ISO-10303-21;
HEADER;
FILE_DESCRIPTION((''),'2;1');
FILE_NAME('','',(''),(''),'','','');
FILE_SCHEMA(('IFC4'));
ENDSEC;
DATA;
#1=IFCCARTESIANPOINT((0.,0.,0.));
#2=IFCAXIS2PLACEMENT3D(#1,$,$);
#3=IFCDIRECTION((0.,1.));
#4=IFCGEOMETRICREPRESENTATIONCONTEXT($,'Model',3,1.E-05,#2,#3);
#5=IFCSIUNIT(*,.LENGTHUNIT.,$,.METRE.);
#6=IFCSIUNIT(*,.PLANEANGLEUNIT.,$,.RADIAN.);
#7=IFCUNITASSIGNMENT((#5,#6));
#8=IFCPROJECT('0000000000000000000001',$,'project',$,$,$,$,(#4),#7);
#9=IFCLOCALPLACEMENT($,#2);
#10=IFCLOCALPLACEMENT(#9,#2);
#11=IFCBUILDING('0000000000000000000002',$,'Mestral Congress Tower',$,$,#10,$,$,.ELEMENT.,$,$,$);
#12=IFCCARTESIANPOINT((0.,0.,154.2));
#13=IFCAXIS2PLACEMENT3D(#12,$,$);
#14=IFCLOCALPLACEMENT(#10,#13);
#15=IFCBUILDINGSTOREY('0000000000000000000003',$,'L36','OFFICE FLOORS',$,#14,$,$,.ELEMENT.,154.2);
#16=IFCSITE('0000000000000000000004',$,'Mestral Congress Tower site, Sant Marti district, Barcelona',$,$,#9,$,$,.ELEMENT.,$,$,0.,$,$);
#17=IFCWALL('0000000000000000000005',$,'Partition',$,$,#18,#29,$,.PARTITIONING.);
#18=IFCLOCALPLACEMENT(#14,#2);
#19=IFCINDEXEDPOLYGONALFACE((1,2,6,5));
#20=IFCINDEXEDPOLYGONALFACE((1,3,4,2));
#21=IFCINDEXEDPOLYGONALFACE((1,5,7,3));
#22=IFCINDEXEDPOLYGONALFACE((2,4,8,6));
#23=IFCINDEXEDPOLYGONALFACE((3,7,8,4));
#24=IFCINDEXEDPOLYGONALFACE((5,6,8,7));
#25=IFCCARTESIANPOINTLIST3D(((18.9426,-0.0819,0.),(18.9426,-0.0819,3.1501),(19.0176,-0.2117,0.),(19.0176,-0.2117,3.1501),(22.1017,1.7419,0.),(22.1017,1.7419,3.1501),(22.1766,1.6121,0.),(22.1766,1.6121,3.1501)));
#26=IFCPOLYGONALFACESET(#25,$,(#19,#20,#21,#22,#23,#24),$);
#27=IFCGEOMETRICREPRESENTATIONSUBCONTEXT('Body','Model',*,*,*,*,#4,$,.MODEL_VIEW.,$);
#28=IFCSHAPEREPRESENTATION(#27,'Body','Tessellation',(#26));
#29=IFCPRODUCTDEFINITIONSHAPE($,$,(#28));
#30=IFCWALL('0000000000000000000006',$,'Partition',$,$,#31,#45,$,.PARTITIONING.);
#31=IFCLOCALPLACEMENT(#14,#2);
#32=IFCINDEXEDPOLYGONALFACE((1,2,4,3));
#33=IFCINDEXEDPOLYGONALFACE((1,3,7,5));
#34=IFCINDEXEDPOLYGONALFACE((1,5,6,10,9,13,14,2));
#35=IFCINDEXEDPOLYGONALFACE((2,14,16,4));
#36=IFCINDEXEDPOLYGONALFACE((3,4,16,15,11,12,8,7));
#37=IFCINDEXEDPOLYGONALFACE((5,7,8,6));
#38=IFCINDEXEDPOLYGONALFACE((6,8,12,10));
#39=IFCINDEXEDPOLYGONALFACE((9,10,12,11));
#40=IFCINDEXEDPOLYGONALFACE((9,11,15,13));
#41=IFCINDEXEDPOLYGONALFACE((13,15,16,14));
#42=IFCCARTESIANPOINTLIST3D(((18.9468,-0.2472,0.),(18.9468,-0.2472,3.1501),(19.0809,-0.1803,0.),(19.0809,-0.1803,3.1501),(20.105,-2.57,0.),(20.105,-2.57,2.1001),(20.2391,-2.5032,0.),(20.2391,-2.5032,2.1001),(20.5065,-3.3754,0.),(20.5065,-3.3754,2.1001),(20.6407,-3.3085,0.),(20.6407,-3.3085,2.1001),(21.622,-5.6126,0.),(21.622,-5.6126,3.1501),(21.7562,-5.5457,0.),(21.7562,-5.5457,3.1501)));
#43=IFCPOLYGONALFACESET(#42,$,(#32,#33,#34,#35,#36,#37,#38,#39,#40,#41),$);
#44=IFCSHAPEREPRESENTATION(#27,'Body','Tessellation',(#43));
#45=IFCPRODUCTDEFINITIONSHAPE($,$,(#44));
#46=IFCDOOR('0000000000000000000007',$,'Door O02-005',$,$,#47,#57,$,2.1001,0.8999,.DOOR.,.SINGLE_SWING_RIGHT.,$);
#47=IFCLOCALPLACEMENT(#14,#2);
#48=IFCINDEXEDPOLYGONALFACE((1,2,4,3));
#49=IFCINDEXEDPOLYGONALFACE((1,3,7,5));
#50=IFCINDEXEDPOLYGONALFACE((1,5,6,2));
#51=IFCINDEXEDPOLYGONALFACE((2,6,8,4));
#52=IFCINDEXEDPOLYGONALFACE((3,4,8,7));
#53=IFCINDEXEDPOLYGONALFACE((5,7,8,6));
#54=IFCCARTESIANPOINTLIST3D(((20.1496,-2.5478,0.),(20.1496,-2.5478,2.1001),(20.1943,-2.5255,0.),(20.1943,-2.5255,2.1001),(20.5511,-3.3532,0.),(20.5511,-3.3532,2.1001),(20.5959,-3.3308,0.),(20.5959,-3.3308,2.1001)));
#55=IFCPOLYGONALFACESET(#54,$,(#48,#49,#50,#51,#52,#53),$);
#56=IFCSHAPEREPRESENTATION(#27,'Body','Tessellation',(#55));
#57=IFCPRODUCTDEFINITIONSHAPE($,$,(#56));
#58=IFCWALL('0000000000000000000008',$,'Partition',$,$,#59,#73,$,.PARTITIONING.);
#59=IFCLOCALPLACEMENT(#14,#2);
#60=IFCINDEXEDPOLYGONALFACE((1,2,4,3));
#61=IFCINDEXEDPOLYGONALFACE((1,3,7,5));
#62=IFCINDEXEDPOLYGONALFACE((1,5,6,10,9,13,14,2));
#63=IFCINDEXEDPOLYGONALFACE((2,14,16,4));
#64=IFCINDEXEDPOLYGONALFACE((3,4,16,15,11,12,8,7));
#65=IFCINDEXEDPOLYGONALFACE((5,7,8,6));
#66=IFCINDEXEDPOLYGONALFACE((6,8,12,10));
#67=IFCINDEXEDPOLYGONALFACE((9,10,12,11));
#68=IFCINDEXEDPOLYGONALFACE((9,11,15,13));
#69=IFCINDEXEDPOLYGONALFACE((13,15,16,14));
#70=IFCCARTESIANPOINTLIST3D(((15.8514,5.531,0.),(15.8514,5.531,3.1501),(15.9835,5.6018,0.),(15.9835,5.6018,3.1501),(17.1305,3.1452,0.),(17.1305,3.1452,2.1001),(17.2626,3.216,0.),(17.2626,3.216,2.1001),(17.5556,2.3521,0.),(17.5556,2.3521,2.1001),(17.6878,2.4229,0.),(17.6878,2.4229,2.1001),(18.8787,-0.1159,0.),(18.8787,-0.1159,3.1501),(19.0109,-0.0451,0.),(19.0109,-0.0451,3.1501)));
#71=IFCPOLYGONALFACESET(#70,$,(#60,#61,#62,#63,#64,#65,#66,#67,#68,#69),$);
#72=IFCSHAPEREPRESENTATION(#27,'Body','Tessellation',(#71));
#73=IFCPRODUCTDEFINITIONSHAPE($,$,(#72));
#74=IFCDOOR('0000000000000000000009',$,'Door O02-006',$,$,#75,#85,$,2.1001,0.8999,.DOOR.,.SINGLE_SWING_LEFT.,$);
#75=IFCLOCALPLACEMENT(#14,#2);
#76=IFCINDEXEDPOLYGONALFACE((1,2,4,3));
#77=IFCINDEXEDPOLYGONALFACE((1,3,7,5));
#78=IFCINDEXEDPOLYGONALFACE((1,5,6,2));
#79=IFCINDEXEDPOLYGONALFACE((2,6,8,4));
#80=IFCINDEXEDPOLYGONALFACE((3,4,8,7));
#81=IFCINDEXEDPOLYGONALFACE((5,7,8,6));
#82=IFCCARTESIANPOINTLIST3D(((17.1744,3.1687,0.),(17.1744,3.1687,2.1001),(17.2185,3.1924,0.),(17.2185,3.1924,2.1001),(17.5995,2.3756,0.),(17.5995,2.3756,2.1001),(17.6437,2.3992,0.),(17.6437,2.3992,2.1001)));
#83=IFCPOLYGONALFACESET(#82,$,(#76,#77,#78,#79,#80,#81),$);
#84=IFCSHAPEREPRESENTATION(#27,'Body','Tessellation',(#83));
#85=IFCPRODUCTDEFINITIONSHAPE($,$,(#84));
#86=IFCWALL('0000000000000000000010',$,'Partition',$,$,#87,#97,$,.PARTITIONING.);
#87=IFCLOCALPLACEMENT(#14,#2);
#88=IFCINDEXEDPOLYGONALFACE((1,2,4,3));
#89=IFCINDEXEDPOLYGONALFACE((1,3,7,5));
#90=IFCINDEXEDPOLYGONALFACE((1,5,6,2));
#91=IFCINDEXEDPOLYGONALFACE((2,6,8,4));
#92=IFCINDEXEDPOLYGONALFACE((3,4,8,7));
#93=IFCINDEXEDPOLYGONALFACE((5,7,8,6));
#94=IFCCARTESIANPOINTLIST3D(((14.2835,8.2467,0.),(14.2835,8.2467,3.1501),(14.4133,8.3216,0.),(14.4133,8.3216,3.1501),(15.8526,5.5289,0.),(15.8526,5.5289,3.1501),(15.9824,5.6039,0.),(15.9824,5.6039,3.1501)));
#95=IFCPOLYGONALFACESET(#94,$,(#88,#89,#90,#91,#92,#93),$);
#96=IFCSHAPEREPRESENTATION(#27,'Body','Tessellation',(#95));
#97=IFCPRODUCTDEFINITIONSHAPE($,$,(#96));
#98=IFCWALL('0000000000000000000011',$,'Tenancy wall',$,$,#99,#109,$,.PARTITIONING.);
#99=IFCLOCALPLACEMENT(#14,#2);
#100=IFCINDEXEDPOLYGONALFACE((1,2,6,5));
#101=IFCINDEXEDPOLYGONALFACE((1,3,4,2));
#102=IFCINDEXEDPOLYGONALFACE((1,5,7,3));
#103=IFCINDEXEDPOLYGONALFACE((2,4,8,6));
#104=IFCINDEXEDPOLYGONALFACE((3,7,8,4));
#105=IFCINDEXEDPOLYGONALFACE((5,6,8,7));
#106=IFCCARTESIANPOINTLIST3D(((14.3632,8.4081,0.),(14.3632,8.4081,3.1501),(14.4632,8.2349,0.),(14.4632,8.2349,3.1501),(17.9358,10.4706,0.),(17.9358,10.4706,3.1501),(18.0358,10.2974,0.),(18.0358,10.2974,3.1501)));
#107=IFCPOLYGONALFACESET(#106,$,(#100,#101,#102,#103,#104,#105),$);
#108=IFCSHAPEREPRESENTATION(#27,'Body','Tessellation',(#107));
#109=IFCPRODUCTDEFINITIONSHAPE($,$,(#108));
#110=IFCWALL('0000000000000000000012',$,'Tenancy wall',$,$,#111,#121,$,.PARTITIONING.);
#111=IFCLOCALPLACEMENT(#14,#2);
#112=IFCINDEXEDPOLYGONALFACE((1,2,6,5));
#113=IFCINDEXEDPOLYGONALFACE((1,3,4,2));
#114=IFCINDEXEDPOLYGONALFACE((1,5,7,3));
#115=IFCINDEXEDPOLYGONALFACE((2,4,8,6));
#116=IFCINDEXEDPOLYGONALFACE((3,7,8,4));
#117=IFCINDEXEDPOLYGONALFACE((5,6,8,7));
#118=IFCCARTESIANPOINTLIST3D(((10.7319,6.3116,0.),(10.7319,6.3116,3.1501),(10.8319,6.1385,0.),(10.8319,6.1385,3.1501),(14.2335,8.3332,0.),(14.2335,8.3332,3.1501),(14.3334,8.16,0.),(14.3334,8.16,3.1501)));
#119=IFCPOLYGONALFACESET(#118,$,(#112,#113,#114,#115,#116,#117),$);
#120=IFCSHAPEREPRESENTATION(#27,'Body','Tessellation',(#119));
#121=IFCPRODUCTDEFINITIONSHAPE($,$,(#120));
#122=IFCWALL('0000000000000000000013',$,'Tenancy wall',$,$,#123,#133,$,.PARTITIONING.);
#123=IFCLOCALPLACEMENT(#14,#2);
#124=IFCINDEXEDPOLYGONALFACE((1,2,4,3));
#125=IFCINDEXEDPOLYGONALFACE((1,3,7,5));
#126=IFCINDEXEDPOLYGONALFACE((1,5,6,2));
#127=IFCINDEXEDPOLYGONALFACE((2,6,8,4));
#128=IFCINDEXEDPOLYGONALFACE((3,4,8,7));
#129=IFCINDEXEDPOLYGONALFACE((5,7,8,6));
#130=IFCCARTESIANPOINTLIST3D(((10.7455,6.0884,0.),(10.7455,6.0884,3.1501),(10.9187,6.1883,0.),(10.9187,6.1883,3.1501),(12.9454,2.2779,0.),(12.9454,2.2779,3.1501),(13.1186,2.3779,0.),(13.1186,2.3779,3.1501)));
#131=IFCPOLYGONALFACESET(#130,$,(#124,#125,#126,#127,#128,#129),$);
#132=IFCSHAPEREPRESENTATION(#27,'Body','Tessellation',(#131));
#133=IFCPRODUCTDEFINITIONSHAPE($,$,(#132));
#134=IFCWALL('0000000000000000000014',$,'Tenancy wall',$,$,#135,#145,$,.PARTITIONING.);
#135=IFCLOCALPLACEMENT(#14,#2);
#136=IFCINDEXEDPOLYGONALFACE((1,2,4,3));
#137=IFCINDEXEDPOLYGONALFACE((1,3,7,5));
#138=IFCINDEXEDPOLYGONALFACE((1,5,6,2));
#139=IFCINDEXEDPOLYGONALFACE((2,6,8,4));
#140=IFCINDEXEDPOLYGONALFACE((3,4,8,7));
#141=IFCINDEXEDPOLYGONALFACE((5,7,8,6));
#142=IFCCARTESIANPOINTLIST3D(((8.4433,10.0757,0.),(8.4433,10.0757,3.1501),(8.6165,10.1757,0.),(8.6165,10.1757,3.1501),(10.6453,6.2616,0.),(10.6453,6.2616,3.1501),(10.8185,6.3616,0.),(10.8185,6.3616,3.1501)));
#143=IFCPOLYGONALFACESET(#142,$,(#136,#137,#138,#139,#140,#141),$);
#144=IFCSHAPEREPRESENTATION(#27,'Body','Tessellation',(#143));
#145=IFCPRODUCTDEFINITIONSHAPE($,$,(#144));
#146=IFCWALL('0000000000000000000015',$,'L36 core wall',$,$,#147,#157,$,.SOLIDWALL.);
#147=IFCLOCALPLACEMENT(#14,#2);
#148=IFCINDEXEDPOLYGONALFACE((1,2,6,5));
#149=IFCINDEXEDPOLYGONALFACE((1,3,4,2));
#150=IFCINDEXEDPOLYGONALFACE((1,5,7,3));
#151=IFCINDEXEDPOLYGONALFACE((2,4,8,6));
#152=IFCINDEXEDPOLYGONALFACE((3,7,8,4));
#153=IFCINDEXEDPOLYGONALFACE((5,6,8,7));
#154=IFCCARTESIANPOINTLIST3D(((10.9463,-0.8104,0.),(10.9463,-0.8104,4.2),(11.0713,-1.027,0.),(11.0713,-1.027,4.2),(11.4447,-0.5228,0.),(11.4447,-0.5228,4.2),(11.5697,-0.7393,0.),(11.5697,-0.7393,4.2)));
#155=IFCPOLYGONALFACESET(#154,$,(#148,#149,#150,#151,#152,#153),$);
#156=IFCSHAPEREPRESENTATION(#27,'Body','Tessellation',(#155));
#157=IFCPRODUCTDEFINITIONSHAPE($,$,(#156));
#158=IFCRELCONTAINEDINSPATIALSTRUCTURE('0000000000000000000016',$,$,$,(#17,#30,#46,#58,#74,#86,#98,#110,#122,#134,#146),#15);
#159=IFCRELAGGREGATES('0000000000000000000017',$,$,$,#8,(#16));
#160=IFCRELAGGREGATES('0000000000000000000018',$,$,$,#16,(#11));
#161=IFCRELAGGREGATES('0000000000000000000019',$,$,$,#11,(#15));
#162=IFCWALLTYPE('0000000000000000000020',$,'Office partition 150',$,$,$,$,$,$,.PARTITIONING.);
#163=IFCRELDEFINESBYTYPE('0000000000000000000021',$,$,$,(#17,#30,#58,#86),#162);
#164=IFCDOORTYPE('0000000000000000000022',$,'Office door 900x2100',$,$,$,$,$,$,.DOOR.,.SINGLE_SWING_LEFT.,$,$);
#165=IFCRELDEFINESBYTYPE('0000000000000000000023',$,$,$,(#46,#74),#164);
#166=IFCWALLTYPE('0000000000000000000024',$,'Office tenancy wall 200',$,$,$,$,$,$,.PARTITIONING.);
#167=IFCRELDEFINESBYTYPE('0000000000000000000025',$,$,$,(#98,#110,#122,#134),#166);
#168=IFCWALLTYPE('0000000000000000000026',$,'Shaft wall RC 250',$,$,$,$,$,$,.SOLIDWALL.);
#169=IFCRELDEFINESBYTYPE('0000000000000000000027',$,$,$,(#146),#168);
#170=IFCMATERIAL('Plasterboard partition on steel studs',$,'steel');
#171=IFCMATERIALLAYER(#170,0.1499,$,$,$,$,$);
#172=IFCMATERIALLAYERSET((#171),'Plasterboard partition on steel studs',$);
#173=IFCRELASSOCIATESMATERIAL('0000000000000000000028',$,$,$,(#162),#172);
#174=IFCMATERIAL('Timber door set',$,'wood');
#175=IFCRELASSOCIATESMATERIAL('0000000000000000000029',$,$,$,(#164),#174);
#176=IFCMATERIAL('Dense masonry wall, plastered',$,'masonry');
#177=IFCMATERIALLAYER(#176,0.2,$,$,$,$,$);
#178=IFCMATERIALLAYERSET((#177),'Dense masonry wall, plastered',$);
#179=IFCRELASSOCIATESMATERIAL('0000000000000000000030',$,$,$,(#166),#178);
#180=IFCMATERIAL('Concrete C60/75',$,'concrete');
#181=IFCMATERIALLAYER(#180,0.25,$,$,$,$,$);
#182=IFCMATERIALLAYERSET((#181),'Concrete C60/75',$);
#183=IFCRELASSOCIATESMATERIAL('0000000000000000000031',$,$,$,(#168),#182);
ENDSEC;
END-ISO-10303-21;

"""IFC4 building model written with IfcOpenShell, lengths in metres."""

from ifc_helpers import new_model, si_unit, direction, frame, frame_2d, origin, place, context, subcontext, project, spatial, rectangle, extrude, material, layer, layer_set, type_object, element, fill, save


model = new_model("IFC4")

# Units and contexts
model_context = context("Model", 3, precision=1e-05, world=origin(), true_north=direction((0.0, 1.0)))
body_context = subcontext(model_context, "Body", "Model", "MODEL_VIEW")
ifc_project = project(units=[si_unit("LENGTHUNIT", "METRE"), si_unit("PLANEANGLEUNIT", "RADIAN")], contexts=[model_context])

# Site, building, storey
site_placement = place(None, origin())
site = spatial("IfcSite", under=ifc_project, at=site_placement, Name="Mestral Congress Tower site, Sant Marti district, Barcelona", CompositionType="ELEMENT", RefElevation=0.0)
building_placement = place(site_placement, origin())
building = spatial("IfcBuilding", under=site, at=building_placement, Name="Mestral Congress Tower", CompositionType="ELEMENT")
storey_placement = place(building_placement, frame((0.0, 0.0, 154.2)))
storey = spatial("IfcBuildingStorey", under=building, at=storey_placement, Name="L36", Description="OFFICE FLOORS", CompositionType="ELEMENT", Elevation=154.2)

# Shared definitions
ifc_material_1 = material(Name="Concrete C60/75", Category="concrete")

# Wall
ifc_material_2 = material(Name="Plasterboard partition on steel studs", Category="steel")
ifc_layer_1 = layer(ifc_material_2, 0.1499)
ifc_layer_set_1 = layer_set([ifc_layer_1], Name="Plasterboard partition on steel studs")
wall_type_1 = type_object("IfcWallType", Name="Office partition 150", PredefinedType="PARTITIONING", material=ifc_layer_set_1)
wall_1_placement = place(storey_placement, frame((18.9802, -0.1467, 0.0), z_axis=(0.0, 0.0, 1.0), x_axis=(0.866035, 0.499983, 0.0)))
element("IfcWall", 1, at=wall_1_placement, inside=storey, type_object=wall_type_1, Name="Partition", PredefinedType="PARTITIONING", context=body_context, shape_type="SweptSolid", body=[
    extrude(rectangle(XDim=3.6477, YDim=0.1499, at=frame_2d((1.8237, 0.0))), origin(), (0.0, 0.0, 1.0), 3.1501),
])

# Walls, openings, doors
wall_2_placement = place(storey_placement, frame((19.0139, -0.2139, 0.0), z_axis=(0.0, 0.0, 1.0), x_axis=(0.44622, -0.894923, 0.0)))
wall_2 = element("IfcWall", 2, at=wall_2_placement, inside=storey, type_object=wall_type_1, Name="Partition", PredefinedType="PARTITIONING", context=body_context, shape_type="SweptSolid", body=[
    extrude(rectangle(XDim=5.9954, YDim=0.1499, at=frame_2d((2.9976, 0.0))), origin(), (0.0, 0.0, 1.0), 3.1501),
])
opening_1_placement = place(wall_2_placement, frame((2.5955, 0.0, 0.0)))
opening_1 = element("IfcOpeningElement", 3, at=opening_1_placement, cuts=wall_2, PredefinedType="OPENING", context=body_context, shape_type="SweptSolid", body=[
    extrude(rectangle(XDim=0.8999, YDim=2.1001, at=frame_2d((0.45, 1.05))), frame((0.0, 0.085, 0.0), z_axis=(0.0, -1.0, 0.0), x_axis=(1.0, 0.0, 0.0)), (0.0, 0.0, 1.0), 0.1699),
])
ifc_material_3 = material(Name="Timber door set", Category="wood")
door_type_1 = type_object("IfcDoorType", Name="Office door 900x2100", OperationType="SINGLE_SWING_LEFT", PredefinedType="DOOR", material=ifc_material_3)
door_1_placement = place(opening_1_placement, origin())
door_1 = element("IfcDoor", 4, at=door_1_placement, inside=storey, type_object=door_type_1, Name="Door O02-005", OperationType="SINGLE_SWING_RIGHT", OverallHeight=2.1001, OverallWidth=0.8999, PredefinedType="DOOR", context=body_context, shape_type="SweptSolid", body=[
    extrude(rectangle(XDim=0.8999, YDim=2.1001, at=frame_2d((0.45, 1.05))), frame((0.0, 0.0249, 0.0), z_axis=(0.0, -1.0, 0.0), x_axis=(1.0, 0.0, 0.0)), (0.0, 0.0, 1.0), 0.05),
])
fill(opening_1, door_1)
wall_3_placement = place(storey_placement, frame((15.9175, 5.5664, 0.0), z_axis=(0.0, 0.0, 1.0), x_axis=(0.472486, -0.881338, 0.0)))
wall_3 = element("IfcWall", 5, at=wall_3_placement, inside=storey, type_object=wall_type_1, Name="Partition", PredefinedType="PARTITIONING", context=body_context, shape_type="SweptSolid", body=[
    extrude(rectangle(XDim=6.4072, YDim=0.1499, at=frame_2d((3.2036, 0.0))), origin(), (0.0, 0.0, 1.0), 3.1501),
])
opening_2_placement = place(wall_3_placement, frame((2.707, 0.0, 0.0)))
opening_2 = element("IfcOpeningElement", 6, at=opening_2_placement, cuts=wall_3, PredefinedType="OPENING", context=body_context, shape_type="SweptSolid", body=[
    extrude(rectangle(XDim=0.8999, YDim=2.1001, at=frame_2d((0.45, 1.05))), frame((0.0, 0.085, 0.0), z_axis=(0.0, -1.0, 0.0), x_axis=(1.0, 0.0, 0.0)), (0.0, 0.0, 1.0), 0.1699),
])
door_2_placement = place(opening_2_placement, origin())
door_2 = element("IfcDoor", 7, at=door_2_placement, inside=storey, type_object=door_type_1, Name="Door O02-006", OperationType="SINGLE_SWING_LEFT", OverallHeight=2.1001, OverallWidth=0.8999, PredefinedType="DOOR", context=body_context, shape_type="SweptSolid", body=[
    extrude(rectangle(XDim=0.8999, YDim=2.1001, at=frame_2d((0.45, 1.05))), frame((0.0, 0.0249, 0.0), z_axis=(0.0, -1.0, 0.0), x_axis=(1.0, 0.0, 0.0)), (0.0, 0.0, 1.0), 0.05),
])
fill(opening_2, door_2)

# Walls
wall_4_placement = place(storey_placement, frame((15.9175, 5.5664, 0.0), z_axis=(0.0, 0.0, 1.0), x_axis=(-0.499996, 0.866028, 0.0)))
element("IfcWall", 8, at=wall_4_placement, inside=storey, type_object=wall_type_1, Name="Partition", PredefinedType="PARTITIONING", context=body_context, shape_type="SweptSolid", body=[
    extrude(rectangle(XDim=3.1382, YDim=0.1499, at=frame_2d((1.5691, 0.0))), origin(), (0.0, 0.0, 1.0), 3.1501),
])
ifc_material_4 = material(Name="Dense masonry wall, plastered", Category="masonry")
ifc_layer_2 = layer(ifc_material_4, 0.2)
ifc_layer_set_2 = layer_set([ifc_layer_2], Name="Dense masonry wall, plastered")
wall_type_2 = type_object("IfcWallType", Name="Office tenancy wall 200", PredefinedType="PARTITIONING", material=ifc_layer_set_2)
wall_5_placement = place(storey_placement, frame((14.4133, 8.3215, 0.0), z_axis=(0.0, 0.0, 1.0), x_axis=(0.866035, 0.499984, 0.0)))
element("IfcWall", 9, at=wall_5_placement, inside=storey, type_object=wall_type_2, Name="Tenancy wall", PredefinedType="PARTITIONING", context=body_context, shape_type="SweptSolid", body=[
    extrude(rectangle(XDim=4.1252, YDim=0.2, at=frame_2d((2.0625, 0.0))), origin(), (0.0, 0.0, 1.0), 3.1501),
])
wall_6_placement = place(storey_placement, frame((10.782, 6.2251, 0.0), z_axis=(0.0, 0.0, 1.0), x_axis=(0.866035, 0.499984, 0.0)))
element("IfcWall", 10, at=wall_6_placement, inside=storey, type_object=wall_type_2, Name="Tenancy wall", PredefinedType="PARTITIONING", context=body_context, shape_type="SweptSolid", body=[
    extrude(rectangle(XDim=4.0432, YDim=0.2, at=frame_2d((2.0215, 0.0))), origin(), (0.0, 0.0, 1.0), 3.1501),
])
wall_7_placement = place(storey_placement, frame((13.032, 2.3279, 0.0), z_axis=(0.0, 0.0, 1.0), x_axis=(-0.499988, 0.866032, 0.0)))
element("IfcWall", 11, at=wall_7_placement, inside=storey, type_object=wall_type_2, Name="Tenancy wall", PredefinedType="PARTITIONING", context=body_context, shape_type="SweptSolid", body=[
    extrude(rectangle(XDim=4.3999, YDim=0.2, at=frame_2d((2.2, 0.0))), origin(), (0.0, 0.0, 1.0), 3.1501),
])
wall_8_placement = place(storey_placement, frame((10.7319, 6.3115, 0.0), z_axis=(0.0, 0.0, 1.0), x_axis=(-0.499985, 0.866034, 0.0)))
element("IfcWall", 12, at=wall_8_placement, inside=storey, type_object=wall_type_2, Name="Tenancy wall", PredefinedType="PARTITIONING", context=body_context, shape_type="SweptSolid", body=[
    extrude(rectangle(XDim=4.4041, YDim=0.2, at=frame_2d((2.2021, 0.0))), origin(), (0.0, 0.0, 1.0), 3.1501),
])
ifc_layer_3 = layer(ifc_material_1, 0.25)
ifc_layer_set_3 = layer_set([ifc_layer_3], Name="Concrete C60/75")
wall_type_3 = type_object("IfcWallType", Name="Shaft wall RC 250", PredefinedType="SOLIDWALL", material=ifc_layer_set_3)
wall_9_placement = place(storey_placement, frame((11.5071, -0.6311, 0.0), z_axis=(0.0, 0.0, 1.0), x_axis=(-0.866094, -0.499882, 0.0)))
element("IfcWall", 13, at=wall_9_placement, inside=storey, type_object=wall_type_3, Name="L36 core wall", PredefinedType="SOLIDWALL", context=body_context, shape_type="SweptSolid", body=[
    extrude(rectangle(XDim=0.5754, YDim=0.25, at=frame_2d((0.2876, 0.0))), origin(), (0.0, 0.0, 1.0), 4.2),
])

save(model, "model.ifc")
